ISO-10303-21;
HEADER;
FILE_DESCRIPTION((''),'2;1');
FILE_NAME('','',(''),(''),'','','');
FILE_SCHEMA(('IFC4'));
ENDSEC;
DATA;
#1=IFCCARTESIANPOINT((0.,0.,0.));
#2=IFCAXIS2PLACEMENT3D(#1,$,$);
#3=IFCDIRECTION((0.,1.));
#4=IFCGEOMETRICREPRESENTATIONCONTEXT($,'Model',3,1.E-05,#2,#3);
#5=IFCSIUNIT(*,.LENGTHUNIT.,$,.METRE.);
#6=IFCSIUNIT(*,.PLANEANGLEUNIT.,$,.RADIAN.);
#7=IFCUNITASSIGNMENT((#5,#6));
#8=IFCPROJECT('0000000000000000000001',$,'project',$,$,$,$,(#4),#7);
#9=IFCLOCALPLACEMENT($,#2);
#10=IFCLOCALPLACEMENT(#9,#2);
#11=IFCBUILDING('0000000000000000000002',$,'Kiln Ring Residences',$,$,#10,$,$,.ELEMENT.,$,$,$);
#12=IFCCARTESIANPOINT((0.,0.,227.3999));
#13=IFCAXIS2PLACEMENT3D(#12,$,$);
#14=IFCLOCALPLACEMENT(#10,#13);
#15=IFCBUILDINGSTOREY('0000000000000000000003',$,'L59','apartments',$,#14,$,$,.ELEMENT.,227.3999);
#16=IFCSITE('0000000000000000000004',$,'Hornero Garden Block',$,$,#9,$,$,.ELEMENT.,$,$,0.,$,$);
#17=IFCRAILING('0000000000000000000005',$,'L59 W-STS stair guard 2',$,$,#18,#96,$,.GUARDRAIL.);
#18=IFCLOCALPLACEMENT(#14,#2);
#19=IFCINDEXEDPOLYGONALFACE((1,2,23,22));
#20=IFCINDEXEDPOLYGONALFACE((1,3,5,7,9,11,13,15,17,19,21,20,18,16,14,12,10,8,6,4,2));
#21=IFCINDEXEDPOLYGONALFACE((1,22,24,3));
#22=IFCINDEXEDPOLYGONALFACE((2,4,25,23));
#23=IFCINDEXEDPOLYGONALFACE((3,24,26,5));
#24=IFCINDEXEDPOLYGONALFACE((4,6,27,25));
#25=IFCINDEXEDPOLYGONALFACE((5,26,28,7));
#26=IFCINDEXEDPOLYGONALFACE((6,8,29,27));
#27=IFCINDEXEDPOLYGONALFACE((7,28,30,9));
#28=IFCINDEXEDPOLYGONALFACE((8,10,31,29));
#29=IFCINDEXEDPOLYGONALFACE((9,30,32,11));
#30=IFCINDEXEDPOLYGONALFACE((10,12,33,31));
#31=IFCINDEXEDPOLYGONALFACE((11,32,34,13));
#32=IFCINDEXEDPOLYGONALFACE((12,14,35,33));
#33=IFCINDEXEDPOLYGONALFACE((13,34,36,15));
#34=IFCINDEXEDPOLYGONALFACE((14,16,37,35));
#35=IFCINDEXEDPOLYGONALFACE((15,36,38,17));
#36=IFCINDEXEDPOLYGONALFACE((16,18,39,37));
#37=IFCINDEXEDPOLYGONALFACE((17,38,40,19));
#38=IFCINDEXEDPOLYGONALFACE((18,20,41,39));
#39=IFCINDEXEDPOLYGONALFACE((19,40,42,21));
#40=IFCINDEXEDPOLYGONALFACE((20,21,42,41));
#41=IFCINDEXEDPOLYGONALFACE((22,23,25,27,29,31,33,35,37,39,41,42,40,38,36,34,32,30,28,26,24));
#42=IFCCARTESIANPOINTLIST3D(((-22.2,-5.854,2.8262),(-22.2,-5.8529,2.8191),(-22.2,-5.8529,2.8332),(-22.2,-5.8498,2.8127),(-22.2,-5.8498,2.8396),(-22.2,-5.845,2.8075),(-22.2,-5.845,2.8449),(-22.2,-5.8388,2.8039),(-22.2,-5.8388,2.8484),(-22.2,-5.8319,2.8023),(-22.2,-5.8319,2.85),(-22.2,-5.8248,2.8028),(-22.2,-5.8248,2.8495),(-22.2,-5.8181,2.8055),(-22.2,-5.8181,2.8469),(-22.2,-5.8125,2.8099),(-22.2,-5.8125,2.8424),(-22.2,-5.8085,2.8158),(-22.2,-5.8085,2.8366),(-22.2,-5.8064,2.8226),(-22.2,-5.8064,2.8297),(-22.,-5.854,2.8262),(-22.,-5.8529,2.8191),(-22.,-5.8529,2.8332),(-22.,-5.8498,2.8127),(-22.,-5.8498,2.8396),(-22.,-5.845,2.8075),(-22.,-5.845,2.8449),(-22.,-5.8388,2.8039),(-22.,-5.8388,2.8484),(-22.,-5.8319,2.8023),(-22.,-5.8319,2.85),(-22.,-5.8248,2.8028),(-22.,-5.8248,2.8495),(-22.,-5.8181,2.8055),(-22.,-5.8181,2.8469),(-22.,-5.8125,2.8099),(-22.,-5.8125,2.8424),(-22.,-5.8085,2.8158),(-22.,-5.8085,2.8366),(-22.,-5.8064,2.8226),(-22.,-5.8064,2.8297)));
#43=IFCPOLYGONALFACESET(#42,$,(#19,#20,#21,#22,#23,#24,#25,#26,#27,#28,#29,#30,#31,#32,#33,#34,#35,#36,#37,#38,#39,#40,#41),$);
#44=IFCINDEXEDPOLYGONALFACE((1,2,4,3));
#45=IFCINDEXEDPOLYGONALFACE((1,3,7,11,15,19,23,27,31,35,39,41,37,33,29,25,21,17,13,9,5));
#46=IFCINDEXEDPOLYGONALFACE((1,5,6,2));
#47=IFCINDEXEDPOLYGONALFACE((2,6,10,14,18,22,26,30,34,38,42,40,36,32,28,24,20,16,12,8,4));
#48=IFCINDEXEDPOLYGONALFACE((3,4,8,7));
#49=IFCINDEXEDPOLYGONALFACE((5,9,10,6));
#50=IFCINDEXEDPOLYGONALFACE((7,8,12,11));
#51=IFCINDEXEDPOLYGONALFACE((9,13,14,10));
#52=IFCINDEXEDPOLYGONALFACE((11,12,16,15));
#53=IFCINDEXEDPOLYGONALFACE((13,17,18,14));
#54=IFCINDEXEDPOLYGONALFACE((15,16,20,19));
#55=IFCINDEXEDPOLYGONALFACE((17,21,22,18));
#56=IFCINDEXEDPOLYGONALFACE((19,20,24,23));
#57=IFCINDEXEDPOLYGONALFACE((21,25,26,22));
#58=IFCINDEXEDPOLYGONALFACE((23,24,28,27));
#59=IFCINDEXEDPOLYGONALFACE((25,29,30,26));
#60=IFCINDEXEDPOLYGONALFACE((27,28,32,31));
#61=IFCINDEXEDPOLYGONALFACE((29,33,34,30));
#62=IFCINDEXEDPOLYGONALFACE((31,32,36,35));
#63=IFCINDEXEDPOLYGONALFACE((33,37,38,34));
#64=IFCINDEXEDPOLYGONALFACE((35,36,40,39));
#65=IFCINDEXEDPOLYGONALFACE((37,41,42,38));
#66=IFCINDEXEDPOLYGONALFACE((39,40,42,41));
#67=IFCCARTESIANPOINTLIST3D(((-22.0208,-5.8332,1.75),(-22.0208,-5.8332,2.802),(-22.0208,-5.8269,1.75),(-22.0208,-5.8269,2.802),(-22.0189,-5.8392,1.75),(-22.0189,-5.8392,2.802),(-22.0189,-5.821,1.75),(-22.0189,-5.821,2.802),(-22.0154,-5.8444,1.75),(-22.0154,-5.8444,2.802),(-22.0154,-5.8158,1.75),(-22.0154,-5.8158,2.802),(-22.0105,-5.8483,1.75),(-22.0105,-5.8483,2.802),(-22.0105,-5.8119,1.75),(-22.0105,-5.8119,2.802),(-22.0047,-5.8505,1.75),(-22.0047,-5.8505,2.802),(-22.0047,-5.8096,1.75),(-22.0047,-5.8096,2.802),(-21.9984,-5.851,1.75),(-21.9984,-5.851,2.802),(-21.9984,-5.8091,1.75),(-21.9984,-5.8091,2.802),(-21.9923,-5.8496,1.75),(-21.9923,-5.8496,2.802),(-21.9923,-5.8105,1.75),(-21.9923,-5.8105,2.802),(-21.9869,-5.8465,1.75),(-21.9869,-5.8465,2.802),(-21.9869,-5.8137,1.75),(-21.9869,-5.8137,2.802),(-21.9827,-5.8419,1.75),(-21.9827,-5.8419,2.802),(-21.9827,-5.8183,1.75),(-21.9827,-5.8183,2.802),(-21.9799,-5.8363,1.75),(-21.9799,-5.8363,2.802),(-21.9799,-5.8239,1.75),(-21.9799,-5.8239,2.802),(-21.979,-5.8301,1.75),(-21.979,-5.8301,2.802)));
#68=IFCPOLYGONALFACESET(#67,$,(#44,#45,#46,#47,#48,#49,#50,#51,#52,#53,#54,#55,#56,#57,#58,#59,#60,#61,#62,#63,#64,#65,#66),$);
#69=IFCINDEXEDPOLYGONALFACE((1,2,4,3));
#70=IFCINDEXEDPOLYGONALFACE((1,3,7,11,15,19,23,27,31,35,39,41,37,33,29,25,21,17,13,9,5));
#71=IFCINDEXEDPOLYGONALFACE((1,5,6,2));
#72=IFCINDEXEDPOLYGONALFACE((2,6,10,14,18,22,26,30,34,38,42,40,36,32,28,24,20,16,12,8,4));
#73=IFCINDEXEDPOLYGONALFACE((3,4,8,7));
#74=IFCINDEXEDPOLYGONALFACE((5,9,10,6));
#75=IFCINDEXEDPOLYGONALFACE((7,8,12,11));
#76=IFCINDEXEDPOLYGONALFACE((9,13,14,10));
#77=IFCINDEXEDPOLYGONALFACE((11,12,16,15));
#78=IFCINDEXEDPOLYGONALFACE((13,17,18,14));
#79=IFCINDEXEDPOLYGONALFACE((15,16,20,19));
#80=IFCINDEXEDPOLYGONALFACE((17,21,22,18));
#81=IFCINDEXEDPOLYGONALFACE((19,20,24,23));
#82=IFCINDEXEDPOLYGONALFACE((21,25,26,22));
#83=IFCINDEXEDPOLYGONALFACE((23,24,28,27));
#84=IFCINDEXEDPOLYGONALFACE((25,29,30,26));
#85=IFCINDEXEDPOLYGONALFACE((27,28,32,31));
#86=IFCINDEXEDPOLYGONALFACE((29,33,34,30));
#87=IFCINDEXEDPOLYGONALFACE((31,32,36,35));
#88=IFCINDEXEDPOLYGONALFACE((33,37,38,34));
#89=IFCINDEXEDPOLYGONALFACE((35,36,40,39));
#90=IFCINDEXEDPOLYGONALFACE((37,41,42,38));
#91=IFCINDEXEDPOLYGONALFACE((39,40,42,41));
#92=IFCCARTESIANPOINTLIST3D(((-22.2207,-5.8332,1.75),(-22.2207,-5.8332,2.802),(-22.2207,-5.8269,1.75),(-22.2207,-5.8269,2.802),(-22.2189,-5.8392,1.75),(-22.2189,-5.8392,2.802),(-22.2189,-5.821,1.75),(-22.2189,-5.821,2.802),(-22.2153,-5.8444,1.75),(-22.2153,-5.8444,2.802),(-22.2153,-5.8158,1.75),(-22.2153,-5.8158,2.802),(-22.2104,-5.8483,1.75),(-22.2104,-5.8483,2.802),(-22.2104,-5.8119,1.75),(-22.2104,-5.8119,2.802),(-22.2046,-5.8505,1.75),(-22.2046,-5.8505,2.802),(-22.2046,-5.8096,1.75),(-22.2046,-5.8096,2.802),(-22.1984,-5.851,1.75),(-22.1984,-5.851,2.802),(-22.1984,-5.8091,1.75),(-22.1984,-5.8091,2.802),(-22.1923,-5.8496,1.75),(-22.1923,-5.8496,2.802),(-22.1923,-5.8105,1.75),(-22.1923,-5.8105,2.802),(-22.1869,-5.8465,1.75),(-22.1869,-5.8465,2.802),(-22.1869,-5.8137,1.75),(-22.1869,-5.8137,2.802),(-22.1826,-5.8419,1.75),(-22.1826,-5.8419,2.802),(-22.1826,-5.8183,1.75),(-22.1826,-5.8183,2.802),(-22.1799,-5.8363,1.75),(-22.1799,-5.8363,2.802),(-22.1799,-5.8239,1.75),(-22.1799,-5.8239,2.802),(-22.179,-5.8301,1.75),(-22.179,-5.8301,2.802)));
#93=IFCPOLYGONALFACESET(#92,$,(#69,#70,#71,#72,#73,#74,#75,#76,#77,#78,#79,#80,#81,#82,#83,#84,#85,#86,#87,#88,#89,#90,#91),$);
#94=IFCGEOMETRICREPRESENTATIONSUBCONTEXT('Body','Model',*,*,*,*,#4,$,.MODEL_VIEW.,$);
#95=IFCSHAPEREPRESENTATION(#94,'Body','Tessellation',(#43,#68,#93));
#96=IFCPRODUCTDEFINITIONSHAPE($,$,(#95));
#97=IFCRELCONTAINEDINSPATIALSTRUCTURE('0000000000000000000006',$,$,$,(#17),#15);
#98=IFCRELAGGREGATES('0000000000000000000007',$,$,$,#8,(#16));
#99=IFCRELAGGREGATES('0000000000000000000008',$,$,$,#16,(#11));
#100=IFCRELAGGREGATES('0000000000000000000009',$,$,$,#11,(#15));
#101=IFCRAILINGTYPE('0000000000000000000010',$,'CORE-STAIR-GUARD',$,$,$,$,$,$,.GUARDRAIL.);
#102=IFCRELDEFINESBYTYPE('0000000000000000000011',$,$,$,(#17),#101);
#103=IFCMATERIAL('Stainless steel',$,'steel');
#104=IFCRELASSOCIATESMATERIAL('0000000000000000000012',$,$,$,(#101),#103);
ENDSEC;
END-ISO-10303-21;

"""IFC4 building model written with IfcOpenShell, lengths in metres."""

from ifc_helpers import new_model, si_unit, direction, frame, origin, origin_2d, place, context, subcontext, project, spatial, circle, extrude, material, type_object, element, save


model = new_model("IFC4")

# Units and contexts
model_context = context("Model", 3, precision=1e-05, world=origin(), true_north=direction((0.0, 1.0)))
body_context = subcontext(model_context, "Body", "Model", "MODEL_VIEW")
ifc_project = project(units=[si_unit("LENGTHUNIT", "METRE"), si_unit("PLANEANGLEUNIT", "RADIAN")], contexts=[model_context])

# Site, building, storey
site_placement = place(None, origin())
site = spatial("IfcSite", under=ifc_project, at=site_placement, Name="Hornero Garden Block", CompositionType="ELEMENT", RefElevation=0.0)
building_placement = place(site_placement, origin())
building = spatial("IfcBuilding", under=site, at=building_placement, Name="Kiln Ring Residences", CompositionType="ELEMENT")
storey_placement = place(building_placement, frame((0.0, 0.0, 227.3999)))
storey = spatial("IfcBuildingStorey", under=building, at=storey_placement, Name="L59", Description="apartments", CompositionType="ELEMENT", Elevation=227.3999)

# Railing
ifc_material_1 = material(Name="Stainless steel", Category="steel")
railing_type_1 = type_object("IfcRailingType", Name="CORE-STAIR-GUARD", PredefinedType="GUARDRAIL", material=ifc_material_1)
railing_1_placement = place(storey_placement, frame((-22.0, -5.8301, 1.75)))
element("IfcRailing", 1, at=railing_1_placement, inside=storey, type_object=railing_type_1, Name="L59 W-STS stair guard 2", PredefinedType="GUARDRAIL", context=body_context, shape_type="SweptSolid", body=[
    extrude(circle(Radius=0.0239, at=origin_2d()), frame((0.0, 0.0, 1.0762), z_axis=(-1.0, 0.0, 0.0), x_axis=(0.0, -1.0, 0.0)), (0.0, 0.0, 1.0), 0.2),
    extrude(circle(Radius=0.021, at=origin_2d()), origin(), (0.0, 0.0, 1.0), 1.052),
    extrude(circle(Radius=0.021, at=origin_2d()), frame((-0.2, 0.0, 0.0)), (0.0, 0.0, 1.0), 1.052),
])

save(model, "model.ifc")
